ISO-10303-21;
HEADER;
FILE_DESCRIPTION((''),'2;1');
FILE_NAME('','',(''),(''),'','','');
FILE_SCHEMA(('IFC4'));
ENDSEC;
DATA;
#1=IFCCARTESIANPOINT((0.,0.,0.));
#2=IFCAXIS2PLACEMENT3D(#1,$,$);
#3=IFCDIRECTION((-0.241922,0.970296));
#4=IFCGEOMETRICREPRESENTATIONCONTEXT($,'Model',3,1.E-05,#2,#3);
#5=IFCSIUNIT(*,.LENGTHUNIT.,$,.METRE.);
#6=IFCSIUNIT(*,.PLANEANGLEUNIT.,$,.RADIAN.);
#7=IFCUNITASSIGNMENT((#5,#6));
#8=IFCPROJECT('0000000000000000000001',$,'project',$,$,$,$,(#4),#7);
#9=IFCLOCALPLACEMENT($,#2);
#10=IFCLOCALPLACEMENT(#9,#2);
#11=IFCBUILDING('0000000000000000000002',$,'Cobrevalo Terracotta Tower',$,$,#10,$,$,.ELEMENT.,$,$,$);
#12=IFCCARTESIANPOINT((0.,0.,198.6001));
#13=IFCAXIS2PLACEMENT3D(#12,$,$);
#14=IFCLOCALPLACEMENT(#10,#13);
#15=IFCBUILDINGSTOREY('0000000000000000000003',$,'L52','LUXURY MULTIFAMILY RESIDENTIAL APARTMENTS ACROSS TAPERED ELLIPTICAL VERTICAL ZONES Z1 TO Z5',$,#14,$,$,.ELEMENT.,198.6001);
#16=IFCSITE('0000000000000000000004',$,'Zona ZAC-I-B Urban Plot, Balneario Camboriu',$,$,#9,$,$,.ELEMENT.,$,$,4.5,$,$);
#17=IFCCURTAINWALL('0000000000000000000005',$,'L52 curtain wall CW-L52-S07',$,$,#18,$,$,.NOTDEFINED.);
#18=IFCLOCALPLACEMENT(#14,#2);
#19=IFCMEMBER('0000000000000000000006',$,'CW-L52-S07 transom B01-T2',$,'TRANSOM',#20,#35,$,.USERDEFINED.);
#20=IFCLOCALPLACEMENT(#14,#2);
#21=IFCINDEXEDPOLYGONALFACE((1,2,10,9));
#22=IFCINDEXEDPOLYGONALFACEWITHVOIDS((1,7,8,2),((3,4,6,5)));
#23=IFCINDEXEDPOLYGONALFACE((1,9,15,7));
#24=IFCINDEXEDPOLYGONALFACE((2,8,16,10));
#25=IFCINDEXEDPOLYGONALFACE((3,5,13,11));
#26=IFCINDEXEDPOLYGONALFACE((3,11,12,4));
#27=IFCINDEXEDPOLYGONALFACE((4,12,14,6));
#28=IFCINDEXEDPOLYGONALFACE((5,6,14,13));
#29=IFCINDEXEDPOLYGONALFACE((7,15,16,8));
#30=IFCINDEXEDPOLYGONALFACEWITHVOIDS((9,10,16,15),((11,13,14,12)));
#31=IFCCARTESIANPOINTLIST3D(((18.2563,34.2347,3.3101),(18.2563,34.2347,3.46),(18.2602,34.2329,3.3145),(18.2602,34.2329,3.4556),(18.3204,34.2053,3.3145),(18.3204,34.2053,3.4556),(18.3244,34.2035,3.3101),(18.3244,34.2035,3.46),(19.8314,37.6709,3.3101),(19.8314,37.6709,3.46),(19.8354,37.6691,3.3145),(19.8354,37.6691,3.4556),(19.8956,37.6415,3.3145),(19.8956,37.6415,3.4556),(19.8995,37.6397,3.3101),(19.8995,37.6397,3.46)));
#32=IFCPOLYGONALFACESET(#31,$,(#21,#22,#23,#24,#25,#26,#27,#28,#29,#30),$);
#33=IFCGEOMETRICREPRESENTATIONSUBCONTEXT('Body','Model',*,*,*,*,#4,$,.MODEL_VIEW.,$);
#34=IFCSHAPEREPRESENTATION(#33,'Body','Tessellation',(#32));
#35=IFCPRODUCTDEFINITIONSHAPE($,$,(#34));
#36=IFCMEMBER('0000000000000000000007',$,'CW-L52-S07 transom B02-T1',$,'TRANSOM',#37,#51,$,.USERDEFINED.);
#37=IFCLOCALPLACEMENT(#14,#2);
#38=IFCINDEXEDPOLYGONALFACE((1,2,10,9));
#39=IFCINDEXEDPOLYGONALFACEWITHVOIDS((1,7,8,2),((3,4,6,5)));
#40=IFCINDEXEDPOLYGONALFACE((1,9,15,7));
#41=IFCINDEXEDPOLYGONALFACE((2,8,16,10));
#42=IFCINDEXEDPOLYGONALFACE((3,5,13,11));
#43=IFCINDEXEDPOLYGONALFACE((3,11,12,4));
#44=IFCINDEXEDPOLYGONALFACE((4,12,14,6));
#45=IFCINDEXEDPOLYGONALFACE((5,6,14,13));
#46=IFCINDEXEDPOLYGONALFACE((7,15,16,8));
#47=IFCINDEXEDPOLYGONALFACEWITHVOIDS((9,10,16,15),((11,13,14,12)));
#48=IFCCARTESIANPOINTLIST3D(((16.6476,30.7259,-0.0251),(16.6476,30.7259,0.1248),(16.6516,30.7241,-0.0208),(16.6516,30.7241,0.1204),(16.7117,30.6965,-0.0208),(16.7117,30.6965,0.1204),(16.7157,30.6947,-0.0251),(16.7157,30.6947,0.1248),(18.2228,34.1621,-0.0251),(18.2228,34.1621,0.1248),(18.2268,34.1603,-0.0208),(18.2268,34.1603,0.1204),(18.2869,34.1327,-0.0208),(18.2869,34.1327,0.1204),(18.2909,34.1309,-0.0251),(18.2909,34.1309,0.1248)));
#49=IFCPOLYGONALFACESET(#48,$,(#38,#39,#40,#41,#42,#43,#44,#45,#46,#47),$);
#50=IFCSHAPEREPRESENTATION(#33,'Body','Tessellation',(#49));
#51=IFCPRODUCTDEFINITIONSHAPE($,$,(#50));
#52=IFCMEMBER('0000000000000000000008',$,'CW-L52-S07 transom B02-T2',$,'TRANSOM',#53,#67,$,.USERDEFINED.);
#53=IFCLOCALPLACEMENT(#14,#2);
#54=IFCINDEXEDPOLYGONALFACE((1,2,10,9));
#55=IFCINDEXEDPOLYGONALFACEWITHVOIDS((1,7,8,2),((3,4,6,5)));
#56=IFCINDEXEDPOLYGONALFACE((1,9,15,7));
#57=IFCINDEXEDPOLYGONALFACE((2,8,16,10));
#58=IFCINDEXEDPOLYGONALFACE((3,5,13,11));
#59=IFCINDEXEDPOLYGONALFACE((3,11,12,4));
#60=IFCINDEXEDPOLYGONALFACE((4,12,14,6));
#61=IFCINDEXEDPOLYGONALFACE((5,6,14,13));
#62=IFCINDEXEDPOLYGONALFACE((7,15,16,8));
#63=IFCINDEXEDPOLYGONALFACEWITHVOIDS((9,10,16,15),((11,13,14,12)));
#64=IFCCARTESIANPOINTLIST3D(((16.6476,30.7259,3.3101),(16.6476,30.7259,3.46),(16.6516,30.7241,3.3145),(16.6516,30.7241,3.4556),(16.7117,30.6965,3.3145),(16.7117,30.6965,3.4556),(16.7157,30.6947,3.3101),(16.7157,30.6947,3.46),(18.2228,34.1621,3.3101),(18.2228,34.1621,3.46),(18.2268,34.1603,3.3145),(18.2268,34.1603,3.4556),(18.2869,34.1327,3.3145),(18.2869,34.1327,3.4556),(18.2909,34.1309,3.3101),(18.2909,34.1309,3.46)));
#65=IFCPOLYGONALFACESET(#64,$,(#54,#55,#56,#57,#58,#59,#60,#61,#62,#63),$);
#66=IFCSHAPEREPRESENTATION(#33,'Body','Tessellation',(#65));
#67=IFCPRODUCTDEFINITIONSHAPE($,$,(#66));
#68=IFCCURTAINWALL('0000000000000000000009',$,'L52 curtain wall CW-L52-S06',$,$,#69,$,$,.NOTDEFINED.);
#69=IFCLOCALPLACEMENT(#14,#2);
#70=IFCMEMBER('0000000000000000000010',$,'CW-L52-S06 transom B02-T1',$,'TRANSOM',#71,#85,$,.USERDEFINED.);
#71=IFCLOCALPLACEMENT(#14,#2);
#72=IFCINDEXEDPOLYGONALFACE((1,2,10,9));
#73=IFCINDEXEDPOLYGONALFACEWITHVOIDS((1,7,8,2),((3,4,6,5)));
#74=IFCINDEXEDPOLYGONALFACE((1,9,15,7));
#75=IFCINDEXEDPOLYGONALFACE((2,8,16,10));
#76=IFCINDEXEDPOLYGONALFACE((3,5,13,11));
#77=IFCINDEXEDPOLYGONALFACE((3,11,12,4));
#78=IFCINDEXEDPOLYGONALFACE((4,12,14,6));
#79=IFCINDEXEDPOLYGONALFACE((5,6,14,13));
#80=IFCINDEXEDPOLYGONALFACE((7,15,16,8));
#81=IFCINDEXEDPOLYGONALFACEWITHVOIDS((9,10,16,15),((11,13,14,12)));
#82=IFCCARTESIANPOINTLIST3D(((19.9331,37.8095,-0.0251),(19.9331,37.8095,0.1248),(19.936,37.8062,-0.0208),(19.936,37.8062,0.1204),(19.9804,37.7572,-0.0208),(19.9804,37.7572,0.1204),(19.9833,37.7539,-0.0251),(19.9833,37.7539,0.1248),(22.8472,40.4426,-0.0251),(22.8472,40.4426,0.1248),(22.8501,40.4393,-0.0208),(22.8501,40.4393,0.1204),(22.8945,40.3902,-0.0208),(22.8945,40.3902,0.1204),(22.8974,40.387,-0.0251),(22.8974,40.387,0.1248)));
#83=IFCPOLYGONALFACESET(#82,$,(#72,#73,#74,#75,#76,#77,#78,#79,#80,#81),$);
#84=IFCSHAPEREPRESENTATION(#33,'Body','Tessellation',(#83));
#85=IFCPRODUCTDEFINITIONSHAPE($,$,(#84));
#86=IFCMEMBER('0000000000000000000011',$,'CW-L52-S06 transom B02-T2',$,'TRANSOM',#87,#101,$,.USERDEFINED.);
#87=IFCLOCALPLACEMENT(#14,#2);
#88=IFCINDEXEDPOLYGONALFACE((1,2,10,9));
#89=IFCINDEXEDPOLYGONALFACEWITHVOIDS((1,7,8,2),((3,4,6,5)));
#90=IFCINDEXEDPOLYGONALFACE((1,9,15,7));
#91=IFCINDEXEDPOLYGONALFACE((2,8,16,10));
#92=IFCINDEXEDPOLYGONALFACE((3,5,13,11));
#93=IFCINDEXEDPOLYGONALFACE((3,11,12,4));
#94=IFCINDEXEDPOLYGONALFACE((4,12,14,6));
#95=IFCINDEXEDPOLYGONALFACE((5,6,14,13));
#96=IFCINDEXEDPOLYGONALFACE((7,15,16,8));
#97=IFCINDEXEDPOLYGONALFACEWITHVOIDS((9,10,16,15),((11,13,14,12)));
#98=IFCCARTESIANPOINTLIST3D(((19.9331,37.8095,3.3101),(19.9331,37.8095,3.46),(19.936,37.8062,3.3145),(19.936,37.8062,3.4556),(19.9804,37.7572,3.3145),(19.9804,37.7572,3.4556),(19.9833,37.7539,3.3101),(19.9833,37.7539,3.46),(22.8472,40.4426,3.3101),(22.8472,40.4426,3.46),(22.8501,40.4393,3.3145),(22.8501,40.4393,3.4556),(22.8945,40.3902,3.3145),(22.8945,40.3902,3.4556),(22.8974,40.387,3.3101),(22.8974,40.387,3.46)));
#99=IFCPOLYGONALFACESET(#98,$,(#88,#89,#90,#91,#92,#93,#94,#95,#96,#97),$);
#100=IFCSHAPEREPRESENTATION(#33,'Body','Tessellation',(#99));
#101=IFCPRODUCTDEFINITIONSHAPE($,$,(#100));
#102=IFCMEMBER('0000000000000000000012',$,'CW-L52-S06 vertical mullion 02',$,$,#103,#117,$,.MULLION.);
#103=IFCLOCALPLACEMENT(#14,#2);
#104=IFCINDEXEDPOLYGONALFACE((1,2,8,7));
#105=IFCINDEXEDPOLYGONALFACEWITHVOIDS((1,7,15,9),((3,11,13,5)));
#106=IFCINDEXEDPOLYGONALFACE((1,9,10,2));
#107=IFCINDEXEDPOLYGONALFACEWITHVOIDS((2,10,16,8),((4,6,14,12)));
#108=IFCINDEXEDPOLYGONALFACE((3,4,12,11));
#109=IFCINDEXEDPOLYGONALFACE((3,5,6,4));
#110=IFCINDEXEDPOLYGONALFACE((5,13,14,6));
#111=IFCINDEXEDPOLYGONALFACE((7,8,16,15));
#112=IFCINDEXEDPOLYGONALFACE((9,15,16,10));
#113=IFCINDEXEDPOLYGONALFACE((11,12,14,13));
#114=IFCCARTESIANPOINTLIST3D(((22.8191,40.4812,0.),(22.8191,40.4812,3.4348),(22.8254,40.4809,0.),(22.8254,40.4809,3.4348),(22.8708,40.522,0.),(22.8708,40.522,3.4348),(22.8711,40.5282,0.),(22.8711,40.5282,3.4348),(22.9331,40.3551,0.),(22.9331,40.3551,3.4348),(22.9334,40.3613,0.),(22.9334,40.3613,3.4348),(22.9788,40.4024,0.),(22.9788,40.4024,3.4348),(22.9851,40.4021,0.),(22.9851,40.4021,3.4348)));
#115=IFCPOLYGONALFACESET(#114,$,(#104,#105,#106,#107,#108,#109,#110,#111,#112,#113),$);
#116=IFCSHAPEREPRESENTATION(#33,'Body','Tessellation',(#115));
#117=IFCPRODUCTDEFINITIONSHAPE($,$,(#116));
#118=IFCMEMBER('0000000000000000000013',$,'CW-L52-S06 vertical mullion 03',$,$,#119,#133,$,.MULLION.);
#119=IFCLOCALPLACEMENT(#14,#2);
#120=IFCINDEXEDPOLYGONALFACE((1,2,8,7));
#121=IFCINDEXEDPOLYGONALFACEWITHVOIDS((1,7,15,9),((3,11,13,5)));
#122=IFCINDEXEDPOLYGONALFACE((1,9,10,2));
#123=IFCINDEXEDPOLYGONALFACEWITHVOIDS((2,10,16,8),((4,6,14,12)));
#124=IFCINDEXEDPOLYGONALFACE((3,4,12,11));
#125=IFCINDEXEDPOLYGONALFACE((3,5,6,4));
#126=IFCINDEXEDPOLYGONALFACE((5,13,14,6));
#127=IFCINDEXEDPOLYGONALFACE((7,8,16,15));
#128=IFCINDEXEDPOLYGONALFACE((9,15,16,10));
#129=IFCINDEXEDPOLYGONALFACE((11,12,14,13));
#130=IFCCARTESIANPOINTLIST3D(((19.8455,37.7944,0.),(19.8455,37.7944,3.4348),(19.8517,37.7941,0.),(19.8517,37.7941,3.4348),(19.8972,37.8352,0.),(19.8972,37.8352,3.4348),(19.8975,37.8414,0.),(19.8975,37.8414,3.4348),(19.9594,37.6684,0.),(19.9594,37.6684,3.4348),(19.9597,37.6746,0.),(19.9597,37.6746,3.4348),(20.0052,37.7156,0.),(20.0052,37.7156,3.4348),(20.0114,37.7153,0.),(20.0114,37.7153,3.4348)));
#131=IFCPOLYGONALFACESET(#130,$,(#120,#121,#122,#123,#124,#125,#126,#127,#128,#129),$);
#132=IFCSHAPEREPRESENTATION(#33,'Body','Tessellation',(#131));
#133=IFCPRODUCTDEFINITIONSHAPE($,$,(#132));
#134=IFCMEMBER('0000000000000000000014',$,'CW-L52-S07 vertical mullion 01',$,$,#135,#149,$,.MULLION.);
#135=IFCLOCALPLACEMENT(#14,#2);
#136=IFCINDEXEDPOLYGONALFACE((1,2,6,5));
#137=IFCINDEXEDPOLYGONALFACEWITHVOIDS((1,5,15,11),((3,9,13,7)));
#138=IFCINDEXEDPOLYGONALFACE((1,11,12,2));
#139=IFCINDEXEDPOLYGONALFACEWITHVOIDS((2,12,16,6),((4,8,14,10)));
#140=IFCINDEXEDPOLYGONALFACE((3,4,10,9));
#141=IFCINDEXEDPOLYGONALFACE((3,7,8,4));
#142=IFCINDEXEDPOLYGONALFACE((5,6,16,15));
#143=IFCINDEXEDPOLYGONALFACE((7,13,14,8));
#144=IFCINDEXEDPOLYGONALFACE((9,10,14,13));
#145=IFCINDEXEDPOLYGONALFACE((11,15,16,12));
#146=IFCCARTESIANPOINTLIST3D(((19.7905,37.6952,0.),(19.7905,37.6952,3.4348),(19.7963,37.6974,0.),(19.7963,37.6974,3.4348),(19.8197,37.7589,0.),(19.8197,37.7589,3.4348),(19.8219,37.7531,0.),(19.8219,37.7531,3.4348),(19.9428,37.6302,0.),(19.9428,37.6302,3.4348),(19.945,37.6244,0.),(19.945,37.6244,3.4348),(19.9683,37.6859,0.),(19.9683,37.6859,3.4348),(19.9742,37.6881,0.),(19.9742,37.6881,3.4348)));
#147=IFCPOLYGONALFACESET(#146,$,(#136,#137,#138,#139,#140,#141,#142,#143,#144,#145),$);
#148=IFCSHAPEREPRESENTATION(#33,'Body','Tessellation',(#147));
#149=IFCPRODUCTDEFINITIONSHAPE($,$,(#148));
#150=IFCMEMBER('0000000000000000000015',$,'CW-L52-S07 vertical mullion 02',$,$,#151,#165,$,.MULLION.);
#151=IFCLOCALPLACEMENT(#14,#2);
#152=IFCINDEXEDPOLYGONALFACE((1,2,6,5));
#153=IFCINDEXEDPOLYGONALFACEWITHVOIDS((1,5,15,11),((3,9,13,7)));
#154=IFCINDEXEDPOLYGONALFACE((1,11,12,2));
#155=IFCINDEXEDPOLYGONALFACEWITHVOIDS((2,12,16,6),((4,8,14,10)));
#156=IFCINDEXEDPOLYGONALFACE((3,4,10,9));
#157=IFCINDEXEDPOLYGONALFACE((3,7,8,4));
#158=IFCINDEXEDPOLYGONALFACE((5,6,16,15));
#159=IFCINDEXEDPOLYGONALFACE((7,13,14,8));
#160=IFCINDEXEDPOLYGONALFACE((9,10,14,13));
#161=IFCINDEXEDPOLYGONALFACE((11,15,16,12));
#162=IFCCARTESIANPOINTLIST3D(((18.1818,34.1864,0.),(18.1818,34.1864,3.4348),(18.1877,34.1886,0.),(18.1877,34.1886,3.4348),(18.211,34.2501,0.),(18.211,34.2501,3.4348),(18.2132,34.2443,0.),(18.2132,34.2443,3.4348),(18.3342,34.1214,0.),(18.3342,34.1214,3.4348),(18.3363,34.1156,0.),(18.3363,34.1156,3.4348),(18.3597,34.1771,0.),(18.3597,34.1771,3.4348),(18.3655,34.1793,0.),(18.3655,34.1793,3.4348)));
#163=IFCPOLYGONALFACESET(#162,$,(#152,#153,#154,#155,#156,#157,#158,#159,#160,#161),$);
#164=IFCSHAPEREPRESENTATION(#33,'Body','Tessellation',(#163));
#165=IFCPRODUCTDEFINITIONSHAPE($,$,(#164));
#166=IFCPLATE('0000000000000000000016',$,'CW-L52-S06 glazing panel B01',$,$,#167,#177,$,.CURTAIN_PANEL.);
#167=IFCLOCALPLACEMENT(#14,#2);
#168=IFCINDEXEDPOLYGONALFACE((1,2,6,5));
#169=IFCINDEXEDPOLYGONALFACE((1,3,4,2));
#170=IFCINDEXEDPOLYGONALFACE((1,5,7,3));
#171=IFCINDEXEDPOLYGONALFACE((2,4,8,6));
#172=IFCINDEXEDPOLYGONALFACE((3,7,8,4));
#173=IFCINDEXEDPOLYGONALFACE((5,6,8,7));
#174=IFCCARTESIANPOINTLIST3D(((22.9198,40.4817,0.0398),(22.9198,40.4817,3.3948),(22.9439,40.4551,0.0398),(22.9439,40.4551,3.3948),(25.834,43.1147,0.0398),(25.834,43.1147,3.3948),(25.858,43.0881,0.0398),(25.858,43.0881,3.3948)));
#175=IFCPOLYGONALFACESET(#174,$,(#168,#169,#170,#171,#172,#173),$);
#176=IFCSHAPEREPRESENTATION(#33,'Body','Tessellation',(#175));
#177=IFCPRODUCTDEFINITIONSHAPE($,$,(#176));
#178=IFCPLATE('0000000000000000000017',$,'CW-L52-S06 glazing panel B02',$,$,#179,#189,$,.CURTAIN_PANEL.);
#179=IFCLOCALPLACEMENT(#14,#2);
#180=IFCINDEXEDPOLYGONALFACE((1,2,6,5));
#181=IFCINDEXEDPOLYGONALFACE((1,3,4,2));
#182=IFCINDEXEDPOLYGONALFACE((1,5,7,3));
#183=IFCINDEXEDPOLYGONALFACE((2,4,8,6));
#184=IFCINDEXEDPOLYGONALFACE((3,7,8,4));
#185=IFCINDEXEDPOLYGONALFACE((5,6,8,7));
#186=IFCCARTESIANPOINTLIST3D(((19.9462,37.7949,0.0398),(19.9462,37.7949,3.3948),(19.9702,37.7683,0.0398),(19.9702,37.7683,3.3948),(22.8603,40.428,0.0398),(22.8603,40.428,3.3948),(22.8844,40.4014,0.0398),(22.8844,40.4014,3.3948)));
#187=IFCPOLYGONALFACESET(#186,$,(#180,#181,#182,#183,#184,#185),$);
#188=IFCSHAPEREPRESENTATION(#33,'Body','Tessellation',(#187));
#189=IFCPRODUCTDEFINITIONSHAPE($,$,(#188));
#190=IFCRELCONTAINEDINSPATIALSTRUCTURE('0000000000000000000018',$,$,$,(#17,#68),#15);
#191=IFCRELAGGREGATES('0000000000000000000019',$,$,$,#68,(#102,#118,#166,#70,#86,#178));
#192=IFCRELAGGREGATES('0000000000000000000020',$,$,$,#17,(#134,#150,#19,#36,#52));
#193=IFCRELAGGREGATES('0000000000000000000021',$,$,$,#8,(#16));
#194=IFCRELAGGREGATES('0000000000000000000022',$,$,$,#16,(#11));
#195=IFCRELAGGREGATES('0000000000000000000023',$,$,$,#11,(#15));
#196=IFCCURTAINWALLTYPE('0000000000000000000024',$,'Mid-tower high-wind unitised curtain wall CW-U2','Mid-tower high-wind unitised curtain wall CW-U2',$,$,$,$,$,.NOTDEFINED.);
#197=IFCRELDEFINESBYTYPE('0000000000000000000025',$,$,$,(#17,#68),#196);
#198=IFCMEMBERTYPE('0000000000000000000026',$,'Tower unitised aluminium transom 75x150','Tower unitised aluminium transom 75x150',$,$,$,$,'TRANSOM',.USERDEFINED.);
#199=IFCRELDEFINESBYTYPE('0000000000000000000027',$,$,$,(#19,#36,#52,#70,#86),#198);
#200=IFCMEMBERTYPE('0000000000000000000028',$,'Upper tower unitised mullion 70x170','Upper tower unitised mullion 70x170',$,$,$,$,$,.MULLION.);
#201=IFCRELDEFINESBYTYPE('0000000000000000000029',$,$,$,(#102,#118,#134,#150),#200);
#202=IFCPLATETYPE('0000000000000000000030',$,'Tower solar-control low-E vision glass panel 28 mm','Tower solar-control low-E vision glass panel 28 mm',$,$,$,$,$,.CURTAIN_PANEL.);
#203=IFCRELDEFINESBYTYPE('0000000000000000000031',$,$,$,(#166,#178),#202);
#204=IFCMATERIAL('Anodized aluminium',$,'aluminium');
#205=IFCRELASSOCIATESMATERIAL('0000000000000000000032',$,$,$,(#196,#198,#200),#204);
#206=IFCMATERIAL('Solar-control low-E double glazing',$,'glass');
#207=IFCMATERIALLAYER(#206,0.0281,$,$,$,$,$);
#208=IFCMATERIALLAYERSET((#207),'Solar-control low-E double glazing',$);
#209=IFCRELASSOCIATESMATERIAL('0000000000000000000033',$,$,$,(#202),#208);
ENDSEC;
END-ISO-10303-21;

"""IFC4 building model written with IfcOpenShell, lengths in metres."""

from ifc_helpers import new_model, si_unit, direction, frame, origin, origin_2d, place, context, subcontext, project, spatial, rectangle, hollow_rectangle, extrude, source, transform, mapped, material, layer, layer_set, material_profile, profile_set, type_object, element, aggregate, save


model = new_model("IFC4")

# Units and contexts
model_context = context("Model", 3, precision=1e-05, world=origin(), true_north=direction((-0.241922, 0.970296)))
body_context = subcontext(model_context, "Body", "Model", "MODEL_VIEW")
ifc_project = project(units=[si_unit("LENGTHUNIT", "METRE"), si_unit("PLANEANGLEUNIT", "RADIAN")], contexts=[model_context])

# Site, building, storey
site_placement = place(None, origin())
site = spatial("IfcSite", under=ifc_project, at=site_placement, Name="Zona ZAC-I-B Urban Plot, Balneario Camboriu", CompositionType="ELEMENT", RefElevation=4.5)
building_placement = place(site_placement, origin())
building = spatial("IfcBuilding", under=site, at=building_placement, Name="Cobrevalo Terracotta Tower", CompositionType="ELEMENT")
storey_placement = place(building_placement, frame((0.0, 0.0, 198.6001)))
storey = spatial("IfcBuildingStorey", under=building, at=storey_placement, Name="L52", Description="LUXURY MULTIFAMILY RESIDENTIAL APARTMENTS ACROSS TAPERED ELLIPTICAL VERTICAL ZONES Z1 TO Z5", CompositionType="ELEMENT", Elevation=198.6001)

# Curtain walls, members
ifc_material_1 = material(Name="Anodized aluminium", Category="aluminium")
curtain_wall_type = type_object("IfcCurtainWallType", Name="Mid-tower high-wind unitised curtain wall CW-U2", Description="Mid-tower high-wind unitised curtain wall CW-U2", PredefinedType="NOTDEFINED", material=ifc_material_1)
curtain_wall_1_placement = place(storey_placement, origin())
curtain_wall_1 = element("IfcCurtainWall", 1, at=curtain_wall_1_placement, inside=storey, type_object=curtain_wall_type, Name="L52 curtain wall CW-L52-S07", PredefinedType="NOTDEFINED")
ifc_material_profile_1 = material_profile(ifc_material_1, hollow_rectangle(XDim=0.075, YDim=0.1499, WallThickness=0.0044, at=origin_2d()), Name="CWT 75x150")
ifc_profile_set_1 = profile_set([ifc_material_profile_1], Name="Anodized aluminium")
member_type_1 = type_object("IfcMemberType", Name="Tower unitised aluminium transom 75x150", Description="Tower unitised aluminium transom 75x150", ElementType="TRANSOM", PredefinedType="USERDEFINED", material=ifc_profile_set_1)
shared_shape_1 = source(origin(), body_context, "Body", "SweptSolid", [
    extrude(hollow_rectangle(XDim=0.075, YDim=0.1499, WallThickness=0.0044, at=origin_2d()), origin(), (0.0, 0.0, 1.0), 3.78),
])
member_1_placement = place(storey_placement, frame((19.8655, 37.6553, 3.385), z_axis=(-0.416706, -0.909041, 0.0), x_axis=(0.909041, -0.416706, 0.0)))
member_1 = element("IfcMember", 2, at=member_1_placement, type_object=member_type_1, Name="CW-L52-S07 transom B01-T2", ObjectType="TRANSOM", PredefinedType="USERDEFINED", context=body_context, shape_type="MappedRepresentation", body=[
    mapped(shared_shape_1, transform((0.0, 0.0, 0.0), scale=1.0)),
])
member_2_placement = place(storey_placement, frame((18.2568, 34.1465, 0.0498), z_axis=(-0.416706, -0.909041, 0.0), x_axis=(0.909041, -0.416706, 0.0)))
member_2 = element("IfcMember", 3, at=member_2_placement, type_object=member_type_1, Name="CW-L52-S07 transom B02-T1", ObjectType="TRANSOM", PredefinedType="USERDEFINED", context=body_context, shape_type="MappedRepresentation", body=[
    mapped(shared_shape_1, transform((0.0, 0.0, 0.0), scale=1.0)),
])
member_3_placement = place(storey_placement, frame((18.2568, 34.1465, 3.385), z_axis=(-0.416706, -0.909041, 0.0), x_axis=(0.909041, -0.416706, 0.0)))
member_3 = element("IfcMember", 4, at=member_3_placement, type_object=member_type_1, Name="CW-L52-S07 transom B02-T2", ObjectType="TRANSOM", PredefinedType="USERDEFINED", context=body_context, shape_type="MappedRepresentation", body=[
    mapped(shared_shape_1, transform((0.0, 0.0, 0.0), scale=1.0)),
])
curtain_wall_2_placement = place(storey_placement, origin())
curtain_wall_2 = element("IfcCurtainWall", 5, at=curtain_wall_2_placement, inside=storey, type_object=curtain_wall_type, Name="L52 curtain wall CW-L52-S06", PredefinedType="NOTDEFINED")
shared_shape_2 = source(origin(), body_context, "Body", "SweptSolid", [
    extrude(hollow_rectangle(XDim=0.075, YDim=0.1499, WallThickness=0.0044, at=origin_2d()), origin(), (0.0, 0.0, 1.0), 3.9275),
])
member_4_placement = place(storey_placement, frame((22.8723, 40.4148, 0.0498), z_axis=(-0.741976, -0.670426, 0.0), x_axis=(0.670426, -0.741976, 0.0)))
member_4 = element("IfcMember", 6, at=member_4_placement, type_object=member_type_1, Name="CW-L52-S06 transom B02-T1", ObjectType="TRANSOM", PredefinedType="USERDEFINED", context=body_context, shape_type="MappedRepresentation", body=[
    mapped(shared_shape_2, transform((0.0, 0.0, 0.0), scale=1.0)),
])
member_5_placement = place(storey_placement, frame((22.8723, 40.4148, 3.385), z_axis=(-0.741976, -0.670426, 0.0), x_axis=(0.670426, -0.741976, 0.0)))
member_5 = element("IfcMember", 7, at=member_5_placement, type_object=member_type_1, Name="CW-L52-S06 transom B02-T2", ObjectType="TRANSOM", PredefinedType="USERDEFINED", context=body_context, shape_type="MappedRepresentation", body=[
    mapped(shared_shape_2, transform((0.0, 0.0, 0.0), scale=1.0)),
])
ifc_material_profile_2 = material_profile(ifc_material_1, hollow_rectangle(XDim=0.0701, YDim=0.1699, WallThickness=0.0044, at=origin_2d()), Name="CWM 70x170")
ifc_profile_set_2 = profile_set([ifc_material_profile_2], Name="Anodized aluminium")
member_type_2 = type_object("IfcMemberType", Name="Upper tower unitised mullion 70x170", Description="Upper tower unitised mullion 70x170", PredefinedType="MULLION", material=ifc_profile_set_2)
shared_shape_3 = source(origin(), body_context, "Body", "SweptSolid", [
    extrude(hollow_rectangle(XDim=0.0701, YDim=0.1699, WallThickness=0.0044, at=origin_2d()), origin(), (0.0, 0.0, 1.0), 3.4348),
])
member_6_placement = place(storey_placement, frame((22.9021, 40.4417, 0.0), z_axis=(0.0, 0.0, 1.0), x_axis=(-0.741988, -0.670414, 0.0)))
member_6 = element("IfcMember", 8, at=member_6_placement, type_object=member_type_2, Name="CW-L52-S06 vertical mullion 02", PredefinedType="MULLION", context=body_context, shape_type="MappedRepresentation", body=[
    mapped(shared_shape_3, transform((0.0, 0.0, 0.0), scale=1.0)),
])
member_7_placement = place(storey_placement, frame((19.9285, 37.7549, 0.0), z_axis=(0.0, 0.0, 1.0), x_axis=(-0.741988, -0.670414, 0.0)))
member_7 = element("IfcMember", 9, at=member_7_placement, type_object=member_type_2, Name="CW-L52-S06 vertical mullion 03", PredefinedType="MULLION", context=body_context, shape_type="MappedRepresentation", body=[
    mapped(shared_shape_3, transform((0.0, 0.0, 0.0), scale=1.0)),
])

# Members
member_8_placement = place(storey_placement, frame((19.8823, 37.6917, 0.0), z_axis=(0.0, 0.0, 1.0), x_axis=(-0.416725, -0.909033, 0.0)))
member_8 = element("IfcMember", 10, at=member_8_placement, type_object=member_type_2, Name="CW-L52-S07 vertical mullion 01", PredefinedType="MULLION", context=body_context, shape_type="MappedRepresentation", body=[
    mapped(shared_shape_3, transform((0.0, 0.0, 0.0), scale=1.0)),
])
member_9_placement = place(storey_placement, frame((18.2737, 34.1829, 0.0), z_axis=(0.0, 0.0, 1.0), x_axis=(-0.416725, -0.909033, 0.0)))
member_9 = element("IfcMember", 11, at=member_9_placement, type_object=member_type_2, Name="CW-L52-S07 vertical mullion 02", PredefinedType="MULLION", context=body_context, shape_type="MappedRepresentation", body=[
    mapped(shared_shape_3, transform((0.0, 0.0, 0.0), scale=1.0)),
])

# Plates
ifc_material_2 = material(Name="Solar-control low-E double glazing", Category="glass")
ifc_layer_1 = layer(ifc_material_2, 0.0281)
ifc_layer_set_1 = layer_set([ifc_layer_1], Name="Solar-control low-E double glazing")
plate_type = type_object("IfcPlateType", Name="Tower solar-control low-E vision glass panel 28 mm", Description="Tower solar-control low-E vision glass panel 28 mm", PredefinedType="CURTAIN_PANEL", material=ifc_layer_set_1)
shared_shape_4 = source(origin(), body_context, "Body", "SweptSolid", [
    extrude(rectangle(XDim=3.9275, YDim=0.0359, at=origin_2d()), origin(), (0.0, 0.0, 1.0), 3.355),
])
plate_1_placement = place(storey_placement, frame((24.3889, 41.7849, 0.0398), z_axis=(0.0, 0.0, 1.0), x_axis=(-0.741988, -0.670414, 0.0)))
plate_1 = element("IfcPlate", 12, at=plate_1_placement, type_object=plate_type, Name="CW-L52-S06 glazing panel B01", PredefinedType="CURTAIN_PANEL", context=body_context, shape_type="MappedRepresentation", body=[
    mapped(shared_shape_4, transform((0.0, 0.0, 0.0), scale=1.0)),
])
plate_2_placement = place(storey_placement, frame((21.4153, 39.0981, 0.0398), z_axis=(0.0, 0.0, 1.0), x_axis=(-0.741988, -0.670414, 0.0)))
plate_2 = element("IfcPlate", 13, at=plate_2_placement, type_object=plate_type, Name="CW-L52-S06 glazing panel B02", PredefinedType="CURTAIN_PANEL", context=body_context, shape_type="MappedRepresentation", body=[
    mapped(shared_shape_4, transform((0.0, 0.0, 0.0), scale=1.0)),
])
aggregate(curtain_wall_2, [member_6, member_7, plate_1, member_4, member_5, plate_2])
aggregate(curtain_wall_1, [member_8, member_9, member_1, member_2, member_3])

save(model, "model.ifc")
